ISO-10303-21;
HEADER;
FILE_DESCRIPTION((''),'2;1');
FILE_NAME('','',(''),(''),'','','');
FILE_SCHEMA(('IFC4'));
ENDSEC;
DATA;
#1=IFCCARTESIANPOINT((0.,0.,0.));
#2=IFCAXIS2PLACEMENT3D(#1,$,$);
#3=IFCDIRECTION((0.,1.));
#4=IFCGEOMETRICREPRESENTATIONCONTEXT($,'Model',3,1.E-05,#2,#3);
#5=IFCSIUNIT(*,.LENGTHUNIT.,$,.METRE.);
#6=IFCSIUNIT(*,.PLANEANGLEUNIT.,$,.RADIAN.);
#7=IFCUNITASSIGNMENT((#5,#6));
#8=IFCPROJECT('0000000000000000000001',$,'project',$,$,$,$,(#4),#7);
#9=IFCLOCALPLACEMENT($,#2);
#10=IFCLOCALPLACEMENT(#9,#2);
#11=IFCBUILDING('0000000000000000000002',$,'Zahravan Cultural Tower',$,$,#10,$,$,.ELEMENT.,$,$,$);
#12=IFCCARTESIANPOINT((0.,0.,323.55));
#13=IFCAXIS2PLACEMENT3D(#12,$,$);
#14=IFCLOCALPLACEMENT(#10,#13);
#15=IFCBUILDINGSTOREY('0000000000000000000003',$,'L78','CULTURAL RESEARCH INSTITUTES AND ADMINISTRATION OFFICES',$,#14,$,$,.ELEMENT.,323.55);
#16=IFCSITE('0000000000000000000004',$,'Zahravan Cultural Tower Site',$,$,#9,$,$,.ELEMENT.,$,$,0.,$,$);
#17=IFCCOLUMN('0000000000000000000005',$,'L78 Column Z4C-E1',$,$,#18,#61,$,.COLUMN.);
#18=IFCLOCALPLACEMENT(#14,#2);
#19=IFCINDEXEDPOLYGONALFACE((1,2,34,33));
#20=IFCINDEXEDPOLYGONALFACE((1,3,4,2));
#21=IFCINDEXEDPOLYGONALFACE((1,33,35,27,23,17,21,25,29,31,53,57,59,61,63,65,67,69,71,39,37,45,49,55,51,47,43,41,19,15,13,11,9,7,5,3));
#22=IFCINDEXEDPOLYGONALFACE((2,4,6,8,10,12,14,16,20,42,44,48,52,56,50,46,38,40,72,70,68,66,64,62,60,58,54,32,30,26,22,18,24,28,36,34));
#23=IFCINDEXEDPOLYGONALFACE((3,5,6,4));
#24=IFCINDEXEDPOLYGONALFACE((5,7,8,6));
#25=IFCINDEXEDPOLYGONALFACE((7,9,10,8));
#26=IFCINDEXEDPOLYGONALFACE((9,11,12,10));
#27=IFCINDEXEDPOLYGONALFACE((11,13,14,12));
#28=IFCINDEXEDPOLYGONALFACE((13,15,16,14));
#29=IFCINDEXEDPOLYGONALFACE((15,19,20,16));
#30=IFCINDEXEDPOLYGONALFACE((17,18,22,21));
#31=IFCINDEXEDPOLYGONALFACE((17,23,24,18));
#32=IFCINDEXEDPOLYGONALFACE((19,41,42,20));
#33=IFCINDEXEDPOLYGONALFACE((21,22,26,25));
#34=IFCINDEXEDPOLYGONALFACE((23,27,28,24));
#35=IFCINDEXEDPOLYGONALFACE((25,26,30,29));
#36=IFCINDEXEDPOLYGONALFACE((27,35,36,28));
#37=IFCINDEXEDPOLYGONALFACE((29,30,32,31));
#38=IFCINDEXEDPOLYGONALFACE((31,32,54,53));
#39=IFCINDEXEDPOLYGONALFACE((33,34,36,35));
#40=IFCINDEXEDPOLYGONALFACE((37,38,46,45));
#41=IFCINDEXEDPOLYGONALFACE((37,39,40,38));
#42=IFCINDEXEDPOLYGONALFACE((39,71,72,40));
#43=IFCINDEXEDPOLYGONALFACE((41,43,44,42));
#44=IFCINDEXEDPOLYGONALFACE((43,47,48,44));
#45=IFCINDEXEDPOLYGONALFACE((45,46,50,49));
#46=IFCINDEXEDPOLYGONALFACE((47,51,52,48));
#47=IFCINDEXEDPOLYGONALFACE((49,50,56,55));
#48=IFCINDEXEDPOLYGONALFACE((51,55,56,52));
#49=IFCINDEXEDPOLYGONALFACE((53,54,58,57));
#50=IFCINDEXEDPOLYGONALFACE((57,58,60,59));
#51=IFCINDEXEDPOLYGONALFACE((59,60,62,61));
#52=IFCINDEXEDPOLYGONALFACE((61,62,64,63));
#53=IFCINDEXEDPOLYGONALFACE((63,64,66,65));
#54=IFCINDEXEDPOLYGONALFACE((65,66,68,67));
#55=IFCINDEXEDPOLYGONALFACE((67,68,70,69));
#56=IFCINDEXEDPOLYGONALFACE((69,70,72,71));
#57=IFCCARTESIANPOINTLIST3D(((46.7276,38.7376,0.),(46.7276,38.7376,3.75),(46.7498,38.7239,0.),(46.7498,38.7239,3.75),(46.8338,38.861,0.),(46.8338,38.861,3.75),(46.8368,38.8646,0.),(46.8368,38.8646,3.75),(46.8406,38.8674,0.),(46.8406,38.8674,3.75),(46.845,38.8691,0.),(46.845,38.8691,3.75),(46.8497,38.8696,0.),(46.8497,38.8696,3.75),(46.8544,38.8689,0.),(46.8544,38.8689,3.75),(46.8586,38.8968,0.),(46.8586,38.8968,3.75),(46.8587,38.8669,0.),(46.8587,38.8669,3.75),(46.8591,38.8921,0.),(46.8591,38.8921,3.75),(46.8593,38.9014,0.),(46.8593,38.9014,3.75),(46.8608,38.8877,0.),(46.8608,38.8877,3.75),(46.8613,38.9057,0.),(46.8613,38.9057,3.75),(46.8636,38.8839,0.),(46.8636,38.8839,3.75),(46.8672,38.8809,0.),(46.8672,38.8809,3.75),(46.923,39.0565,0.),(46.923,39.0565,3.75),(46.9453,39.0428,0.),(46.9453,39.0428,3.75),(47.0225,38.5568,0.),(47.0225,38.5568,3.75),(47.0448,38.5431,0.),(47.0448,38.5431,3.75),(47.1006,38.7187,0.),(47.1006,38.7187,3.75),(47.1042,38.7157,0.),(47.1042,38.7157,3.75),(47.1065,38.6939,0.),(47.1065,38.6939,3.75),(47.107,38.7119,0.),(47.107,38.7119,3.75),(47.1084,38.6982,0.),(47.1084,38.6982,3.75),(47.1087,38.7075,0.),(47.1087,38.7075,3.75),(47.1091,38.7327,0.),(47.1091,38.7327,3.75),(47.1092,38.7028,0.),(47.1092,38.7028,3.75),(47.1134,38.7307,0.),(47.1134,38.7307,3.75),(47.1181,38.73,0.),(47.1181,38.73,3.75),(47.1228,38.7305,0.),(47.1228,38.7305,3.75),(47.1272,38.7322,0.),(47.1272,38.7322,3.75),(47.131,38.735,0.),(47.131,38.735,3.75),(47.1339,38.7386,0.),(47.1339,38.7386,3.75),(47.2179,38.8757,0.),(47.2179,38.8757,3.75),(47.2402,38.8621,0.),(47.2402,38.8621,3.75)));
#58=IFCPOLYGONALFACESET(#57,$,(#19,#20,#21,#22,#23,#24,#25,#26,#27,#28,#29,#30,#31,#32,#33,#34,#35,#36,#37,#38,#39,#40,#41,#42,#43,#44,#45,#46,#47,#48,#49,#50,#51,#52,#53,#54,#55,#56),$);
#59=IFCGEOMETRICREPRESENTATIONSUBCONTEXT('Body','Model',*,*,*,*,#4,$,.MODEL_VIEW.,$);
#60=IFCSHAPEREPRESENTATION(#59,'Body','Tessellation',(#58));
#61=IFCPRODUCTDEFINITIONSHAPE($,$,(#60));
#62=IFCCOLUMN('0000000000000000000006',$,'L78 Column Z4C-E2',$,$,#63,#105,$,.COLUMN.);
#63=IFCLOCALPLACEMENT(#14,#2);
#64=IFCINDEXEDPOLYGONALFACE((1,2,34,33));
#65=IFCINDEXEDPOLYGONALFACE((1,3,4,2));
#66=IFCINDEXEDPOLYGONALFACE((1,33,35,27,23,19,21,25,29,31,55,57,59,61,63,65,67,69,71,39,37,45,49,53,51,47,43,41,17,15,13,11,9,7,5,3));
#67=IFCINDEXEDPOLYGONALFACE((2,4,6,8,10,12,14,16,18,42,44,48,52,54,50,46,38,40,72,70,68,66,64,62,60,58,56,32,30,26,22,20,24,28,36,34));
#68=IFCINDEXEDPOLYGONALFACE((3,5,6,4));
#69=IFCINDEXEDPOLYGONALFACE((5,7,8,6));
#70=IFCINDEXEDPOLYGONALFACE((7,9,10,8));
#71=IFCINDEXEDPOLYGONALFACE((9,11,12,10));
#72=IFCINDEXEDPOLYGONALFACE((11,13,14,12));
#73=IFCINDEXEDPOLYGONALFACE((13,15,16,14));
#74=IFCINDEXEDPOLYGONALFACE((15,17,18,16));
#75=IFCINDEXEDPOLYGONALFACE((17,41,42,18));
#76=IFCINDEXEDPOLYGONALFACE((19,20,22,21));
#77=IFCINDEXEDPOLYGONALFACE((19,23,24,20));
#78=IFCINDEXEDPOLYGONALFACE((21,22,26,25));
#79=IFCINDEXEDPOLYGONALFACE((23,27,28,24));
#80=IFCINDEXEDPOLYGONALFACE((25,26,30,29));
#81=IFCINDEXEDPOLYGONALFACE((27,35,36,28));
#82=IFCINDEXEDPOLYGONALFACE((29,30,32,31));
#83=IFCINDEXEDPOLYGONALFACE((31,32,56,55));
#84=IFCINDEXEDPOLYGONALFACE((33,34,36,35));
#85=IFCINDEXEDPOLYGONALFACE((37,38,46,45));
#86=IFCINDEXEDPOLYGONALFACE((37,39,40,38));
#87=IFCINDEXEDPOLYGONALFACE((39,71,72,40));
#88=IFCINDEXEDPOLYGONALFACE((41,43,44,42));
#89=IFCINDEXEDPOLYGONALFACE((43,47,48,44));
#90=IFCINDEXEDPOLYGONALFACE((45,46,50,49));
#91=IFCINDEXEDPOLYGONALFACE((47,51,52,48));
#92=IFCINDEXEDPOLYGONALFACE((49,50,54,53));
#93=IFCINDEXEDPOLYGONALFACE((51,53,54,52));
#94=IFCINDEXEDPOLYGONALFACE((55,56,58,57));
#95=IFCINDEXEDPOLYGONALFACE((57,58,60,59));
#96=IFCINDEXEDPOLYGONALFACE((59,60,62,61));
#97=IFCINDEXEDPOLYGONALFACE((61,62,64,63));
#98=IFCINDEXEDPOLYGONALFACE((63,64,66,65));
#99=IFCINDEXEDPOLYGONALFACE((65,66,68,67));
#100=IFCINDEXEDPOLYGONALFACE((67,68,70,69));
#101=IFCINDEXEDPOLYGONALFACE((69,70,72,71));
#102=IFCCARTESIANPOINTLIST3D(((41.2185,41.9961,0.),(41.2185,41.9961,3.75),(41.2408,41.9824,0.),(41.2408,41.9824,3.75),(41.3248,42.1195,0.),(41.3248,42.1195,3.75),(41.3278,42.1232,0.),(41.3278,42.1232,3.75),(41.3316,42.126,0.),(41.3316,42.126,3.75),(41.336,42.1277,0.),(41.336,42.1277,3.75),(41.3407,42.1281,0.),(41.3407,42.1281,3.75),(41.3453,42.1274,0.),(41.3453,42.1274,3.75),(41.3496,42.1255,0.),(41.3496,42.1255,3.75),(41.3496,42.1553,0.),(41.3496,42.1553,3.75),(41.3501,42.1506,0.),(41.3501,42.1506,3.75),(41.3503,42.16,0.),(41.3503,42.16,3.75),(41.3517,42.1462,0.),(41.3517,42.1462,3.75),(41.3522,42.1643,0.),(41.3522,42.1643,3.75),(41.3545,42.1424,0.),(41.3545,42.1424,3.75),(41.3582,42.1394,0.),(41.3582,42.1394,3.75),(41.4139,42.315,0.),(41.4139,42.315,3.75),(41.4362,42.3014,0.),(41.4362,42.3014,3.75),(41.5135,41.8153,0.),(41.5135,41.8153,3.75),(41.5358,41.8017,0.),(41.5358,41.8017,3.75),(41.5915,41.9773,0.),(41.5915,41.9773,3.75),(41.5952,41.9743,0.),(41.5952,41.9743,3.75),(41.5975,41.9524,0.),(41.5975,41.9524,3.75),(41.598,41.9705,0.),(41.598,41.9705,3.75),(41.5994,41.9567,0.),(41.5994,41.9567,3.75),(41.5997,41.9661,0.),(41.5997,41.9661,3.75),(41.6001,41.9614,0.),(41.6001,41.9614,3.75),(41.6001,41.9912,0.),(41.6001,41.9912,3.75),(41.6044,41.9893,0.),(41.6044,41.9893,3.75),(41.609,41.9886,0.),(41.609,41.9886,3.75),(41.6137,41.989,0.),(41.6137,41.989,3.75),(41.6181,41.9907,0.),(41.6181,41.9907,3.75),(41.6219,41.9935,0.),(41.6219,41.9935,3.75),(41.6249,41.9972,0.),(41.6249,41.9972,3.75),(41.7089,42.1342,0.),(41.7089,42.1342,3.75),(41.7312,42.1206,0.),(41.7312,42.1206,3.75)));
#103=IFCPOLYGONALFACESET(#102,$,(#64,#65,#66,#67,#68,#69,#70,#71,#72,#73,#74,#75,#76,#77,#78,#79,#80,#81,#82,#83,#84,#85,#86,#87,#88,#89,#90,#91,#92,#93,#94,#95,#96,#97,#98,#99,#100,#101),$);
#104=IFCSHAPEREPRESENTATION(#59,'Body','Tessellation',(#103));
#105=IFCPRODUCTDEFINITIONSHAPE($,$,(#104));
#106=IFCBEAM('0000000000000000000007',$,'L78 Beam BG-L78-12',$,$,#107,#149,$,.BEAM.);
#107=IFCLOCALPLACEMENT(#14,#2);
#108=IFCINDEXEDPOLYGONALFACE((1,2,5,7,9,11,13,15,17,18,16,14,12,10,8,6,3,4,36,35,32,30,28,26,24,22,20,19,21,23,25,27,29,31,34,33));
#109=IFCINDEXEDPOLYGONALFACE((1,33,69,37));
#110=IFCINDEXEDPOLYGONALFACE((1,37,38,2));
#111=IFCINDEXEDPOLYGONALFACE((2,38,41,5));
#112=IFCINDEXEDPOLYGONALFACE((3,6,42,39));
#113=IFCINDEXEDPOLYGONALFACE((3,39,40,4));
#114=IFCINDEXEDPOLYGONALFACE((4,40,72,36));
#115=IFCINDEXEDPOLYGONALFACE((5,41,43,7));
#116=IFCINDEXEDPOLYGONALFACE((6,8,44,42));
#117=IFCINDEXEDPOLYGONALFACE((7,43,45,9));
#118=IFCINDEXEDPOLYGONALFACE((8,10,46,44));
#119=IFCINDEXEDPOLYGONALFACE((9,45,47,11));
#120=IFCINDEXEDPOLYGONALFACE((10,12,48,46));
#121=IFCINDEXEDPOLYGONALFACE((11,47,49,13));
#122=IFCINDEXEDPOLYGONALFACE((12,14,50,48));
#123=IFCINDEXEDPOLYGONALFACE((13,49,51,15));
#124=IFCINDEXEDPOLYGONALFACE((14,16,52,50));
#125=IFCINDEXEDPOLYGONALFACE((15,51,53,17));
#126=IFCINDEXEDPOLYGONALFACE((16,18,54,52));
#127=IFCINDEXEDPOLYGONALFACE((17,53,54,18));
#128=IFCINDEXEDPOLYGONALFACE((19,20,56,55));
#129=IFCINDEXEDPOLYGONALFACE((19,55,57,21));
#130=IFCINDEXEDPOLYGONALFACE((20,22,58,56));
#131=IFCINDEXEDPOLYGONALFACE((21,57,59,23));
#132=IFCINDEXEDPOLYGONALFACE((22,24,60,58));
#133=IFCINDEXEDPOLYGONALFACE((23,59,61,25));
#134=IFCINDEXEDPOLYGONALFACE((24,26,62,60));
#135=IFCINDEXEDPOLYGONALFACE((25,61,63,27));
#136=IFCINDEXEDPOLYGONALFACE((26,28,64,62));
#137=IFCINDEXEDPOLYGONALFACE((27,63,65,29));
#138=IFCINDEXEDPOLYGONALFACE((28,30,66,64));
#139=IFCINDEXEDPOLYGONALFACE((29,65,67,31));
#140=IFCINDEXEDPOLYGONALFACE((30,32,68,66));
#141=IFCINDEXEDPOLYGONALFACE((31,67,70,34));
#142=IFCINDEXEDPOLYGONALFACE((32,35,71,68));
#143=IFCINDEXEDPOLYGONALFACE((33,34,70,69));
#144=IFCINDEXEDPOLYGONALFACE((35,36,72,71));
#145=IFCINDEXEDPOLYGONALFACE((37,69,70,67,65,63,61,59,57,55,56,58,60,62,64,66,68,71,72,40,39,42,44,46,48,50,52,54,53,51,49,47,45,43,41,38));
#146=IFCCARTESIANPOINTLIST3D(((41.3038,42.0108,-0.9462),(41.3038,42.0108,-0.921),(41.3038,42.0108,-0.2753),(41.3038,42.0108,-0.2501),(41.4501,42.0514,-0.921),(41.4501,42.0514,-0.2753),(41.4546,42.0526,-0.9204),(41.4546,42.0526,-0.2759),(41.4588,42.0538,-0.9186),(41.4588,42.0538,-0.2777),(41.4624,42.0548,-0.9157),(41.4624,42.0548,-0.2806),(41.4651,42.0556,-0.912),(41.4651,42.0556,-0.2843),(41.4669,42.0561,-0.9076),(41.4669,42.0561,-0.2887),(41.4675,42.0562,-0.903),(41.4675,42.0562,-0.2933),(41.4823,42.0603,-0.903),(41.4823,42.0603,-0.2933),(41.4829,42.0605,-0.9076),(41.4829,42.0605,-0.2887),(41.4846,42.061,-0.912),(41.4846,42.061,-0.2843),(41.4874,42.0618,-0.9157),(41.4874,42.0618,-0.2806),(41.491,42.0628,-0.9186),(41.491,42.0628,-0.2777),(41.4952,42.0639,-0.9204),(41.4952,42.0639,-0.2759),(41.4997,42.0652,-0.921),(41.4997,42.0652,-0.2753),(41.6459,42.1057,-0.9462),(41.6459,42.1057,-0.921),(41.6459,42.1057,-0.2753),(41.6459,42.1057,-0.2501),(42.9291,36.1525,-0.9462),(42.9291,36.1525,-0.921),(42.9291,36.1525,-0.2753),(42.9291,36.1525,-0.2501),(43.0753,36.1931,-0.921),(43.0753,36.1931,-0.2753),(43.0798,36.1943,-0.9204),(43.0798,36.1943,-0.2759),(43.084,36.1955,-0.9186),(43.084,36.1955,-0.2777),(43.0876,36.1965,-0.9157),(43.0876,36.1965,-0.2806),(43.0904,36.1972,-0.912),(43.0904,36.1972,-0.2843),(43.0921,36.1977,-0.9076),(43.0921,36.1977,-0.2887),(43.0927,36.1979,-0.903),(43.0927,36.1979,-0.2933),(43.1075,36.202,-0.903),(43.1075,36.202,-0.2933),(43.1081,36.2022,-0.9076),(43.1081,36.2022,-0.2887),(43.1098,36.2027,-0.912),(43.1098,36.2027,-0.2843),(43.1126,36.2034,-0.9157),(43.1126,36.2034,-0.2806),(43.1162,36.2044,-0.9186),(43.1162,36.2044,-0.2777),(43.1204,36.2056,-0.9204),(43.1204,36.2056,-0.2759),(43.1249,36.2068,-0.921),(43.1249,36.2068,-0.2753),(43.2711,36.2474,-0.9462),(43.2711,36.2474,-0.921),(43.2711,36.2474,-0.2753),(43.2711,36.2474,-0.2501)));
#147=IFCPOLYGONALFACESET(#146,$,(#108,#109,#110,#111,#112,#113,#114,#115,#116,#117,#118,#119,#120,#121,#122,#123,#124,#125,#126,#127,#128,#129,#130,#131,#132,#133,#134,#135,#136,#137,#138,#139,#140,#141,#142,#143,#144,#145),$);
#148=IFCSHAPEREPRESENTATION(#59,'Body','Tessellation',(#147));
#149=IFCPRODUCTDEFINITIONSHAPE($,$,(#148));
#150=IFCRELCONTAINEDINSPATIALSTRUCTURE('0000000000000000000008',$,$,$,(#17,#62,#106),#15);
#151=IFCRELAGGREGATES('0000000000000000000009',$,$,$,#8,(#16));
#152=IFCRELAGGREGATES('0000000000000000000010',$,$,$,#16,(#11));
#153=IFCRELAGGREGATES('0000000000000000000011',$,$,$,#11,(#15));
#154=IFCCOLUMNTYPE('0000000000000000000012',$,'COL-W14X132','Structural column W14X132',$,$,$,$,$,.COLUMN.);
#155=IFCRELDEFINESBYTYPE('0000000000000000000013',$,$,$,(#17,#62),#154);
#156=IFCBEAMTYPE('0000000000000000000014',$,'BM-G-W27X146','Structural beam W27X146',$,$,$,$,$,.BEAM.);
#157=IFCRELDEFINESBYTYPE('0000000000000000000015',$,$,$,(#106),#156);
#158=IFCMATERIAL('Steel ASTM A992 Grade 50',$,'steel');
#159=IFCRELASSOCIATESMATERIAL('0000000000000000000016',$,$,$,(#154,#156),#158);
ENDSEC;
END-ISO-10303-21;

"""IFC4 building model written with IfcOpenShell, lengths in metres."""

from ifc_helpers import new_model, si_unit, direction, frame, origin, origin_2d, place, context, subcontext, project, spatial, i_section, extrude, source, transform, mapped, material, material_profile, profile_set, type_object, element, save


model = new_model("IFC4")

# Units and contexts
model_context = context("Model", 3, precision=1e-05, world=origin(), true_north=direction((0.0, 1.0)))
body_context = subcontext(model_context, "Body", "Model", "MODEL_VIEW")
ifc_project = project(units=[si_unit("LENGTHUNIT", "METRE"), si_unit("PLANEANGLEUNIT", "RADIAN")], contexts=[model_context])

# Site, building, storey
site_placement = place(None, origin())
site = spatial("IfcSite", under=ifc_project, at=site_placement, Name="Zahravan Cultural Tower Site", CompositionType="ELEMENT", RefElevation=0.0)
building_placement = place(site_placement, origin())
building = spatial("IfcBuilding", under=site, at=building_placement, Name="Zahravan Cultural Tower", CompositionType="ELEMENT")
storey_placement = place(building_placement, frame((0.0, 0.0, 323.55)))
storey = spatial("IfcBuildingStorey", under=building, at=storey_placement, Name="L78", Description="CULTURAL RESEARCH INSTITUTES AND ADMINISTRATION OFFICES", CompositionType="ELEMENT", Elevation=323.55)

# Columns
ifc_material_1 = material(Name="Steel ASTM A992 Grade 50", Category="steel")
ifc_material_profile_1 = material_profile(ifc_material_1, i_section(OverallWidth=0.374, OverallDepth=0.3721, WebThickness=0.0164, FlangeThickness=0.0261, FilletRadius=0.0181, at=origin_2d()), Name="W14X132")
ifc_profile_set_1 = profile_set([ifc_material_profile_1], Name="Steel ASTM A992 Grade 50")
column_type = type_object("IfcColumnType", Name="COL-W14X132", Description="Structural column W14X132", PredefinedType="COLUMN", material=ifc_profile_set_1)
shared_shape_1 = source(origin(), body_context, "Body", "SweptSolid", [
    extrude(i_section(OverallWidth=0.374, OverallDepth=0.3721, WebThickness=0.0164, FlangeThickness=0.0261, FilletRadius=0.0181, at=origin_2d()), origin(), (0.0, 0.0, 1.0), 3.75),
])
for number, where, z_axis, x_axis, name in (
    (1, (46.9839, 38.7998, 0.0), (0.0, 0.0, 1.0), (0.522499, 0.85264, 0.0), "L78 Column Z4C-E1"),
    (2, (41.4749, 42.0583, 0.0), (0.0, 0.0, 1.0), (0.522499, 0.85264, 0.0), "L78 Column Z4C-E2"),
):
    element("IfcColumn", number, at=place(storey_placement, frame(where, z_axis=z_axis, x_axis=x_axis)), inside=storey, type_object=column_type, Name=name, PredefinedType="COLUMN", context=body_context, shape_type="MappedRepresentation", body=[
        mapped(shared_shape_1, transform((0.0, 0.0, 0.0), x_axis=(1.0, 0.0, 0.0), y_axis=(0.0, 1.0, 0.0), z_axis=(0.0, 0.0, 1.0), scale=1.0)),
    ])

# Beam
ifc_material_profile_2 = material_profile(ifc_material_1, i_section(OverallWidth=0.355, OverallDepth=0.696, WebThickness=0.0154, FlangeThickness=0.0251, FilletRadius=0.0181, at=origin_2d()), Name="W27X146")
ifc_profile_set_2 = profile_set([ifc_material_profile_2], Name="Steel ASTM A992 Grade 50")
beam_type_1 = type_object("IfcBeamType", Name="BM-G-W27X146", Description="Structural beam W27X146", PredefinedType="BEAM", material=ifc_profile_set_2)
shared_shape_2 = source(origin(), body_context, "Body", "SweptSolid", [
    extrude(i_section(OverallWidth=0.355, OverallDepth=0.696, WebThickness=0.0154, FlangeThickness=0.0251, FilletRadius=0.0181, at=origin_2d()), origin(), (0.0, 0.0, 1.0), 6.0796),
])
beam_1_placement = place(storey_placement, frame((43.1001, 36.2, -0.5981), z_axis=(-0.267325, 0.963606, 0.0), x_axis=(-0.963606, -0.267325, 0.0)))
element("IfcBeam", 3, at=beam_1_placement, inside=storey, type_object=beam_type_1, Name="L78 Beam BG-L78-12", PredefinedType="BEAM", context=body_context, shape_type="MappedRepresentation", body=[
    mapped(shared_shape_2, transform((0.0, 0.0, 0.0), x_axis=(1.0, 0.0, 0.0), y_axis=(0.0, 1.0, 0.0), z_axis=(0.0, 0.0, 1.0), scale=1.0)),
])

save(model, "model.ifc")
